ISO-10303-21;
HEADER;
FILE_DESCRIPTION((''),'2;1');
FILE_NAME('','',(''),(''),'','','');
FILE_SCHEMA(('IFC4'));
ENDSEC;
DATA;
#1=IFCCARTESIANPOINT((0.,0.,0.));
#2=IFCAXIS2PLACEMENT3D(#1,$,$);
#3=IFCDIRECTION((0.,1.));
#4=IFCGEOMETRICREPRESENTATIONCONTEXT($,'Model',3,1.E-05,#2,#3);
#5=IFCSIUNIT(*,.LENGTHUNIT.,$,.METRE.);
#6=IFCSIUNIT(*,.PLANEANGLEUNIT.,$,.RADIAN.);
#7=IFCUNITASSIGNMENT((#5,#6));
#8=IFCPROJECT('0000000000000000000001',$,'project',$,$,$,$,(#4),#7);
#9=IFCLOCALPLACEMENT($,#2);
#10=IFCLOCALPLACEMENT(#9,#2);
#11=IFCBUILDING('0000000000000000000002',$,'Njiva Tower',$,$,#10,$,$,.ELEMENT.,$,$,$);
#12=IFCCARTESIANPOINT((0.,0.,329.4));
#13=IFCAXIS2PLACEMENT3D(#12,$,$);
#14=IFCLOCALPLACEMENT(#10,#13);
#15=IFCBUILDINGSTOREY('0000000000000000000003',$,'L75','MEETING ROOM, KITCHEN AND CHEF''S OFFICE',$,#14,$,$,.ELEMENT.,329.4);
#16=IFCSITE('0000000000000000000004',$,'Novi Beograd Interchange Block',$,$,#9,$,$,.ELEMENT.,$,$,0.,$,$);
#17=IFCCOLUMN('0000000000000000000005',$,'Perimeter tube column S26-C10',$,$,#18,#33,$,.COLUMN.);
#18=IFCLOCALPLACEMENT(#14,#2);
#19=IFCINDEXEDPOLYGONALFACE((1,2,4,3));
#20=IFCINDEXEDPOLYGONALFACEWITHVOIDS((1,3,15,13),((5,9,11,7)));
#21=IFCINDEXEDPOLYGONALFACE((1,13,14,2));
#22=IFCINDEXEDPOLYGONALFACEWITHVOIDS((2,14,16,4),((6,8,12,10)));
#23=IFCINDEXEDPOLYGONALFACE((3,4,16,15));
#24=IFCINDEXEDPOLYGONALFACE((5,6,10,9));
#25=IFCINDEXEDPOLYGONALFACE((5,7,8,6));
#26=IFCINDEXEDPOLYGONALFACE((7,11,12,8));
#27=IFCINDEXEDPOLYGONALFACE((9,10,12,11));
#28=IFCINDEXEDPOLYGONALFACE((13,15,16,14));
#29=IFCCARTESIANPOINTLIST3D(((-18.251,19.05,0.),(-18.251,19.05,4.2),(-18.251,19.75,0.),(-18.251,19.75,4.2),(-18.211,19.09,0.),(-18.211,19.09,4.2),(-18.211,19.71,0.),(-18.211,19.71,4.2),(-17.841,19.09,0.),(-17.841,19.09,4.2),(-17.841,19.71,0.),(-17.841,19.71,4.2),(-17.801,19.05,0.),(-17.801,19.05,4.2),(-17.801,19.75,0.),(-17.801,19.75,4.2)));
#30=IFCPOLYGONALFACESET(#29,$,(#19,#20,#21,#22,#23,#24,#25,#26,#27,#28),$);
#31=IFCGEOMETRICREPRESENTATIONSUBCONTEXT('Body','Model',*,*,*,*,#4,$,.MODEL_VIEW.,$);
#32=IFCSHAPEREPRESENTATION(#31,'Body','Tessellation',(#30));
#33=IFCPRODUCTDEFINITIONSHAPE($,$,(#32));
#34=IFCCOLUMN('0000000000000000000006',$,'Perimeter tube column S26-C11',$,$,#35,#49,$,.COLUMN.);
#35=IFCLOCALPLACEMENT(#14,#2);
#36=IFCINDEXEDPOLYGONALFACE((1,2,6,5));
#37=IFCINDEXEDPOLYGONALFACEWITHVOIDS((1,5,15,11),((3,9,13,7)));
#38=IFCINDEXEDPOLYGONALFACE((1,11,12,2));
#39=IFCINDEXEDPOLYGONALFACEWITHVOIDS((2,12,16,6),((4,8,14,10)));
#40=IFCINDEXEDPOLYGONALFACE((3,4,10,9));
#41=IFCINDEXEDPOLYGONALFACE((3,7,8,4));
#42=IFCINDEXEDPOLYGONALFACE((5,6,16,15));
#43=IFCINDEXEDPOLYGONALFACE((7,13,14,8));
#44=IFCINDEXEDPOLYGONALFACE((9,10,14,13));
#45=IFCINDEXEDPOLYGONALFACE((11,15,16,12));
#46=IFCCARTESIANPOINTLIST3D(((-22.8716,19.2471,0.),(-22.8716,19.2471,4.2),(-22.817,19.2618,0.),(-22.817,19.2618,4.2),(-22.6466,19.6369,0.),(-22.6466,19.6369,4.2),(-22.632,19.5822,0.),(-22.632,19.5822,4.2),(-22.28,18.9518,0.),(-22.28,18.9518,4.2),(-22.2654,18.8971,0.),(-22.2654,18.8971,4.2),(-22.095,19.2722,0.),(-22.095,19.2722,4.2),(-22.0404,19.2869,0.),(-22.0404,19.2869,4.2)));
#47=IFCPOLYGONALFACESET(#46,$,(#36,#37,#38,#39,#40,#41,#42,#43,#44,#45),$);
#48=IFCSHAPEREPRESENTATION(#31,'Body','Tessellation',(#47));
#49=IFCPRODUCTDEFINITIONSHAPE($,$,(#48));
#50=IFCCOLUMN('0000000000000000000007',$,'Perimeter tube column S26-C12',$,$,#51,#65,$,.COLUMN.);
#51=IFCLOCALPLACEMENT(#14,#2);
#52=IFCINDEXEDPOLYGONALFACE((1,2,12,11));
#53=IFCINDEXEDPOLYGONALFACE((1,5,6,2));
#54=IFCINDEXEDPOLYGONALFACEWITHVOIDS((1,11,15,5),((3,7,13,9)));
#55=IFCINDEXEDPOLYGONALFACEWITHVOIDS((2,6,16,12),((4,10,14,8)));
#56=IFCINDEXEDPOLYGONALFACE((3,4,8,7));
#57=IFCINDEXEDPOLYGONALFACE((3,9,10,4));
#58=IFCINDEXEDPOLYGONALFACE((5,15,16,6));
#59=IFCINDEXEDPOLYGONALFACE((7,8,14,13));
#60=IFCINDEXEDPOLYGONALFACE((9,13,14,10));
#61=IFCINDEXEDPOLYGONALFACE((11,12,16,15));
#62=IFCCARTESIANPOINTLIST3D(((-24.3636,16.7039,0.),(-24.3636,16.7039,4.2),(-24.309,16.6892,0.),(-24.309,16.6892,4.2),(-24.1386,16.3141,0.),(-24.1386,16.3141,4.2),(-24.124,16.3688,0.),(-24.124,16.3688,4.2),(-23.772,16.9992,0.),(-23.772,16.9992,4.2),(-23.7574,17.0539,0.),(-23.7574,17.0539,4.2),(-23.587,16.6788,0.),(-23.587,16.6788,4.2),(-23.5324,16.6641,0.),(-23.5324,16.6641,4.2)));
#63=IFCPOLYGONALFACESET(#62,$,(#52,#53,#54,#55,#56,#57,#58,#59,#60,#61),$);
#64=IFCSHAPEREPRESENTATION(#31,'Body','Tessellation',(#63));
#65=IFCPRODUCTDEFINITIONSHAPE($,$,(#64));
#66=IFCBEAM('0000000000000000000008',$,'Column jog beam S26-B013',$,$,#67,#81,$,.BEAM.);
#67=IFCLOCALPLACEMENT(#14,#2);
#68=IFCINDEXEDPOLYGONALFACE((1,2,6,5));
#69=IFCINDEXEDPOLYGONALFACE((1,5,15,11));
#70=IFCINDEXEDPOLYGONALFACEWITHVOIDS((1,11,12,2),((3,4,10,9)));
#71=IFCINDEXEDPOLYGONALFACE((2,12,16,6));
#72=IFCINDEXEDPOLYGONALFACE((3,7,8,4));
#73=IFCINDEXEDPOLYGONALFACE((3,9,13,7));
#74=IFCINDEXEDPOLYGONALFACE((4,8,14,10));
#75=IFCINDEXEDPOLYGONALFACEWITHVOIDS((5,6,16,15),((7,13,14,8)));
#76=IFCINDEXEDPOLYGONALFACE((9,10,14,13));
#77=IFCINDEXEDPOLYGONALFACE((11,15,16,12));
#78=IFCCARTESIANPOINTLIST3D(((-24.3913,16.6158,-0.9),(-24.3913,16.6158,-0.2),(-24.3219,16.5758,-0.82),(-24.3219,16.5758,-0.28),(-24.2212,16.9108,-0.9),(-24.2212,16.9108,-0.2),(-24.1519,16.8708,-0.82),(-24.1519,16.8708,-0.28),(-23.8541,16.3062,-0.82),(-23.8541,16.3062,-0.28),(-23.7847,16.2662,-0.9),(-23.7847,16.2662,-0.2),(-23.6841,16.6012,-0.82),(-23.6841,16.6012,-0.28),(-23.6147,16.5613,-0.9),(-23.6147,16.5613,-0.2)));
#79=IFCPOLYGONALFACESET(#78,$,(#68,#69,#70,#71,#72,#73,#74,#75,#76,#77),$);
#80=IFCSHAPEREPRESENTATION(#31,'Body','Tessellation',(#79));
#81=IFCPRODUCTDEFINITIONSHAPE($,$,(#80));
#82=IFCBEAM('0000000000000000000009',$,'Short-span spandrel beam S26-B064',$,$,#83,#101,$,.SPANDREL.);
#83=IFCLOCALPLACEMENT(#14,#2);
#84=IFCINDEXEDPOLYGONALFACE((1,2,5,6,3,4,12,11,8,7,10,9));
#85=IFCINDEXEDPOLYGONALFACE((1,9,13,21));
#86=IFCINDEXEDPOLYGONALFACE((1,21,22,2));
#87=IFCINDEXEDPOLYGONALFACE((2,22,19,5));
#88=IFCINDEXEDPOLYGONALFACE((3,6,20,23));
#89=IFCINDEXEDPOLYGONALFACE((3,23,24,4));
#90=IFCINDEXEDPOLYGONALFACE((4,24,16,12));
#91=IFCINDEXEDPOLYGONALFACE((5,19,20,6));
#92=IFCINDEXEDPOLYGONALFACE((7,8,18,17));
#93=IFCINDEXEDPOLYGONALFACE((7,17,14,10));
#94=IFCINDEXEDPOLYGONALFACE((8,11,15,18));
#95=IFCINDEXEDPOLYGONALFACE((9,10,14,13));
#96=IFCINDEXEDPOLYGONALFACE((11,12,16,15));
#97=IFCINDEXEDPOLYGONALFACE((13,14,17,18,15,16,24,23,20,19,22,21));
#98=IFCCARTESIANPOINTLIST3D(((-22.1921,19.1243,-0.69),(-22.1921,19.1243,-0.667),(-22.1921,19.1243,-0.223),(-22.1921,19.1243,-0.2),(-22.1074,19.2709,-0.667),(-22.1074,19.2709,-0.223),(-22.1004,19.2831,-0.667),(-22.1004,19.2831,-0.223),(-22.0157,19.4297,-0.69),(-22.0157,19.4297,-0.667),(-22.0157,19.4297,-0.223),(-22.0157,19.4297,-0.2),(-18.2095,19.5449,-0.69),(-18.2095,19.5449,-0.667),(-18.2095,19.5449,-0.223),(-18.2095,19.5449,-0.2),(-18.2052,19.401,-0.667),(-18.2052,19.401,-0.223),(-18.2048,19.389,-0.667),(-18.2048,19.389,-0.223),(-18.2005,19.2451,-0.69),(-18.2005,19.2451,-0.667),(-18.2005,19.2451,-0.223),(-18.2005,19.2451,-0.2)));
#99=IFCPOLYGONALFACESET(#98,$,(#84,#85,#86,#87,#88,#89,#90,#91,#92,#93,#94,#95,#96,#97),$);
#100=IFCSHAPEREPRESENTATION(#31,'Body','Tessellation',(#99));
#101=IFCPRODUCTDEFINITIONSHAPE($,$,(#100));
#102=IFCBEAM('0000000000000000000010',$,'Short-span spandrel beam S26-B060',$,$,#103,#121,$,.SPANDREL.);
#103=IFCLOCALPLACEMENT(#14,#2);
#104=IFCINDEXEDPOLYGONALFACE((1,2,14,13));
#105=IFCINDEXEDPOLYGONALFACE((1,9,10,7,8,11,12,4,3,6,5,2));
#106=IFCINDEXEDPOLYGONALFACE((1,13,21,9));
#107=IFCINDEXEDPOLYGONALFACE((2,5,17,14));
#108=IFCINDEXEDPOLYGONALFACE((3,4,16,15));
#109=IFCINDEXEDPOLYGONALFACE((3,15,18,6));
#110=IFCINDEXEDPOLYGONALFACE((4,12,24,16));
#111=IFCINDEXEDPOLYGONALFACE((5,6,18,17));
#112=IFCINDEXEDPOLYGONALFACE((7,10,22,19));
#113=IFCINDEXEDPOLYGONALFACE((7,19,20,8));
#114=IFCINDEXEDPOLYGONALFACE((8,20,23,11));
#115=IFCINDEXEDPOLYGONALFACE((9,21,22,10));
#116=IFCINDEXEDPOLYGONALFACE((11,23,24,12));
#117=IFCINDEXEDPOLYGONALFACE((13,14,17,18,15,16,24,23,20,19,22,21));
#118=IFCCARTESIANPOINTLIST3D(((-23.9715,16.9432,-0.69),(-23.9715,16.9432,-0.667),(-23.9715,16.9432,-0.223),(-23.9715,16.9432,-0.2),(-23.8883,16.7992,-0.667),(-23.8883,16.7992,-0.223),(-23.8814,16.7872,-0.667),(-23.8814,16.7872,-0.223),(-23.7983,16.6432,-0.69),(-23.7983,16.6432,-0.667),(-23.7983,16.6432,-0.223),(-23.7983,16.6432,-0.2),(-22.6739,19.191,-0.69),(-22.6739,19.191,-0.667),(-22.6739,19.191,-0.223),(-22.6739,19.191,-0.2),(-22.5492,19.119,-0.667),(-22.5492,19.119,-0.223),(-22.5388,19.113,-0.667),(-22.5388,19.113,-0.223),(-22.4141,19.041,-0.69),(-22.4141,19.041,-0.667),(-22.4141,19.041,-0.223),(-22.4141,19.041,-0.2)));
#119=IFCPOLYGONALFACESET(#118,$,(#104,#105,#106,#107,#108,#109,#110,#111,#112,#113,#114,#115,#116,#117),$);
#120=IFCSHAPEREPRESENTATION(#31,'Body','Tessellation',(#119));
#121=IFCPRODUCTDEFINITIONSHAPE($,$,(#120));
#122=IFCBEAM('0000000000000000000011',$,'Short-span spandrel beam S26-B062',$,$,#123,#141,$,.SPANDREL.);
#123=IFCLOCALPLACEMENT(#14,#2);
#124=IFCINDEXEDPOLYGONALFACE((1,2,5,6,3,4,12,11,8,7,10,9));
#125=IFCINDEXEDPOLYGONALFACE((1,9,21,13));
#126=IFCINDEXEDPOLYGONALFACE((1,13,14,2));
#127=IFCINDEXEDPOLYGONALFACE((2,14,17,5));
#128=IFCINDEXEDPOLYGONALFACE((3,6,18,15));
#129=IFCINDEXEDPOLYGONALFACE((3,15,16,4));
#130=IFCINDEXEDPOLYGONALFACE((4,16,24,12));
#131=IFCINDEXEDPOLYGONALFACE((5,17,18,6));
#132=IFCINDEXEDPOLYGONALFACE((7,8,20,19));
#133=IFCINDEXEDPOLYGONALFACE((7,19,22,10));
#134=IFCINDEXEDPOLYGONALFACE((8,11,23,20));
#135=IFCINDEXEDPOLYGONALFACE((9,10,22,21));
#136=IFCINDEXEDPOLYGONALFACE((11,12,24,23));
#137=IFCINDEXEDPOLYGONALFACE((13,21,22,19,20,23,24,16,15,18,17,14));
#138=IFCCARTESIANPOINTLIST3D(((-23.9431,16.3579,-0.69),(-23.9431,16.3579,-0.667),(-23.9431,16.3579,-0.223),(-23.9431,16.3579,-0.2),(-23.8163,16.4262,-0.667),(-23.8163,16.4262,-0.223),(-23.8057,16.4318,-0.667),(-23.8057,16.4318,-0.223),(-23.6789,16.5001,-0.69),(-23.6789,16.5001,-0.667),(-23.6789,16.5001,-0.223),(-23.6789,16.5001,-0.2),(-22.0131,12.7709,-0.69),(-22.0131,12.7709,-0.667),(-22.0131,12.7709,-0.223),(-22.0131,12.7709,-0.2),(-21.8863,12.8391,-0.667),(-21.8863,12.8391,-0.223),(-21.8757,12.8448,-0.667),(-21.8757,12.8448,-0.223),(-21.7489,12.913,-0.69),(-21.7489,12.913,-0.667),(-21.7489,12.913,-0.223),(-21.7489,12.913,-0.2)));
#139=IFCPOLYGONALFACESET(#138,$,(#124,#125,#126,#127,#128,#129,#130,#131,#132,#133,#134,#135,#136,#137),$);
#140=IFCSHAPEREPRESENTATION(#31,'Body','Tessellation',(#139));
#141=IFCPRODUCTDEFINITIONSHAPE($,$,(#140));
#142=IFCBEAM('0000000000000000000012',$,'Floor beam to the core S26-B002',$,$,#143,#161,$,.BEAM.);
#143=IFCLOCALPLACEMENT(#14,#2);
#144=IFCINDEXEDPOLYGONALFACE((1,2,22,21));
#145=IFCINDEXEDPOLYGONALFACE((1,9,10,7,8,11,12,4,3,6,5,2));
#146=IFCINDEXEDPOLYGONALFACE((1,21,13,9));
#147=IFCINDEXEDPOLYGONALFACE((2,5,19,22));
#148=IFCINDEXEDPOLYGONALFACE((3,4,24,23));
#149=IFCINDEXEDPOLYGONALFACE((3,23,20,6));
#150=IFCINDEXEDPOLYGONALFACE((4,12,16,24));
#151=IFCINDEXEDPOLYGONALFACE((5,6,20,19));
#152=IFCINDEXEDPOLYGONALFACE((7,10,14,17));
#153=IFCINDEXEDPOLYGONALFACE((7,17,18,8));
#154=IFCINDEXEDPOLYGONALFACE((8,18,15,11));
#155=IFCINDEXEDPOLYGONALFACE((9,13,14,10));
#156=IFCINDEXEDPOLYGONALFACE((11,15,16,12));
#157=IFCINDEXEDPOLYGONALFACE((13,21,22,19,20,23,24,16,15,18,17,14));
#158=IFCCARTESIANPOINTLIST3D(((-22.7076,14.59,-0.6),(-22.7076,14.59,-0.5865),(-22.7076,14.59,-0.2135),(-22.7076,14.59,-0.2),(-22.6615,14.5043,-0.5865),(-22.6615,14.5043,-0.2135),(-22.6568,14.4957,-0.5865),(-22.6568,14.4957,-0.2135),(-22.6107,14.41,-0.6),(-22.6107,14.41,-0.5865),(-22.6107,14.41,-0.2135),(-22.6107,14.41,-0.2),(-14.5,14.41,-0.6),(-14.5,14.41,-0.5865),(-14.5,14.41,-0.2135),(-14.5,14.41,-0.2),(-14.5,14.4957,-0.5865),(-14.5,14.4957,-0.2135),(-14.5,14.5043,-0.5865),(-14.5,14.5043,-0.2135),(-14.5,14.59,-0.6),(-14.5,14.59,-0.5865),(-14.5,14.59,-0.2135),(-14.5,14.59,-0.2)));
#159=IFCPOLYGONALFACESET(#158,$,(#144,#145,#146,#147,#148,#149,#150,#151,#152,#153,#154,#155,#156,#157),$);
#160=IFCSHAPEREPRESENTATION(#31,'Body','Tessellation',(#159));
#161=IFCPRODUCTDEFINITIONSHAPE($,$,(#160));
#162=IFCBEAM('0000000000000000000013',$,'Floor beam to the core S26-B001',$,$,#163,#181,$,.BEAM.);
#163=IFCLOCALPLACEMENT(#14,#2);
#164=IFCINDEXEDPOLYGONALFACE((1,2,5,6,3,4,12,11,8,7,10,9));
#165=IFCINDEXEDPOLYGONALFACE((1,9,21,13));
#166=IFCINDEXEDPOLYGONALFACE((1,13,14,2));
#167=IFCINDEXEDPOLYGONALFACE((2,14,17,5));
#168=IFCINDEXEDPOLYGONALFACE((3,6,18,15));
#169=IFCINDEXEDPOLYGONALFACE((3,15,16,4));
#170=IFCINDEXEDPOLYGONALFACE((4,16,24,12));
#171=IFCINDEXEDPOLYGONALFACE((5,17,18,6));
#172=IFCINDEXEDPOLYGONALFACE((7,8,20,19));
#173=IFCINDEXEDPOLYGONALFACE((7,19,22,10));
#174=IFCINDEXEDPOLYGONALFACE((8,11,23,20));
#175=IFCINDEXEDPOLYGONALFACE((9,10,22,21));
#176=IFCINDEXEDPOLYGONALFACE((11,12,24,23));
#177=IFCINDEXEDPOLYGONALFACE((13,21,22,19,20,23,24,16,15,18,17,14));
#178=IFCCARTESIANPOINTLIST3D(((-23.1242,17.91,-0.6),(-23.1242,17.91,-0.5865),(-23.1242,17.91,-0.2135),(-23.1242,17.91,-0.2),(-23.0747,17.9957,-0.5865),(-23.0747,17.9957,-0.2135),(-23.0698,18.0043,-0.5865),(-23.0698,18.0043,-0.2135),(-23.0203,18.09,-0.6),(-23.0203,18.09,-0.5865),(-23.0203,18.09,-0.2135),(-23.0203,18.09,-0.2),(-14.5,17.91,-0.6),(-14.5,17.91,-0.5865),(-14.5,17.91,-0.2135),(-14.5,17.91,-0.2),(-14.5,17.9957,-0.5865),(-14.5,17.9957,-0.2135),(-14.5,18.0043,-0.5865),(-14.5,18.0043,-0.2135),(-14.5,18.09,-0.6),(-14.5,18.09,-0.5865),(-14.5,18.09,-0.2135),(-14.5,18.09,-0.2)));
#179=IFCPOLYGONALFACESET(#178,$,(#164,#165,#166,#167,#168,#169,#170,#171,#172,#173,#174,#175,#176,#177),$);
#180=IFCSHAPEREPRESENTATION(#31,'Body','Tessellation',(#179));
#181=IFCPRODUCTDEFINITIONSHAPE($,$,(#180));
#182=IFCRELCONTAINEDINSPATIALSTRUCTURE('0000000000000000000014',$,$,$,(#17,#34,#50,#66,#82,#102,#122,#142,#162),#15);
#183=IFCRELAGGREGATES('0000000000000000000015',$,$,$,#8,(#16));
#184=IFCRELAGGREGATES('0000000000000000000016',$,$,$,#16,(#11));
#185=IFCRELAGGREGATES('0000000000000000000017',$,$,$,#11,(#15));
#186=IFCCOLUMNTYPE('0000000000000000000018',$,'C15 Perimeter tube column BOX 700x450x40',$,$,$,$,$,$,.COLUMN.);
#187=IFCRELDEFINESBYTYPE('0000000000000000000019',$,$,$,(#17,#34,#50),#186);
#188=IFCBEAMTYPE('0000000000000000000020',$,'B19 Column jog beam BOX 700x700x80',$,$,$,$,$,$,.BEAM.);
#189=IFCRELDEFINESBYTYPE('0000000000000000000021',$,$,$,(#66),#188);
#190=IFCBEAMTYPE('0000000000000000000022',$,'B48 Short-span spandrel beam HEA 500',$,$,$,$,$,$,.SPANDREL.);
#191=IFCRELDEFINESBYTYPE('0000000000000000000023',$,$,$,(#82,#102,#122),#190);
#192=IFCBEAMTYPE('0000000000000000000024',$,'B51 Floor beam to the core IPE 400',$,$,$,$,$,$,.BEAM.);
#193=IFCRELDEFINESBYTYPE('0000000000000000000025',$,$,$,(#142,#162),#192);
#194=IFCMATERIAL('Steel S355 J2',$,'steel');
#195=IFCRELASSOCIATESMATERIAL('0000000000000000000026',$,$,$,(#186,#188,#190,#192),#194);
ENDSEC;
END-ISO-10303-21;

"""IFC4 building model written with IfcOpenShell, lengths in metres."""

from ifc_helpers import new_model, si_unit, direction, frame, origin, origin_2d, place, context, subcontext, project, spatial, hollow_rectangle, i_section, extrude, clip, halfspace, material, material_profile, profile_set, type_object, element, save


model = new_model("IFC4")

# Units and contexts
model_context = context("Model", 3, precision=1e-05, world=origin(), true_north=direction((0.0, 1.0)))
body_context = subcontext(model_context, "Body", "Model", "MODEL_VIEW")
ifc_project = project(units=[si_unit("LENGTHUNIT", "METRE"), si_unit("PLANEANGLEUNIT", "RADIAN")], contexts=[model_context])

# Site, building, storey
site_placement = place(None, origin())
site = spatial("IfcSite", under=ifc_project, at=site_placement, Name="Novi Beograd Interchange Block", CompositionType="ELEMENT", RefElevation=0.0)
building_placement = place(site_placement, origin())
building = spatial("IfcBuilding", under=site, at=building_placement, Name="Njiva Tower", CompositionType="ELEMENT")
storey_placement = place(building_placement, frame((0.0, 0.0, 329.4)))
storey = spatial("IfcBuildingStorey", under=building, at=storey_placement, Name="L75", Description="MEETING ROOM, KITCHEN AND CHEF'S OFFICE", CompositionType="ELEMENT", Elevation=329.4)

# Columns
ifc_material_1 = material(Name="Steel S355 J2", Category="steel")
ifc_material_profile_1 = material_profile(ifc_material_1, hollow_rectangle(XDim=0.45, YDim=0.7, WallThickness=0.04, at=origin_2d()), Name="BOX 700x450x40")
ifc_profile_set_1 = profile_set([ifc_material_profile_1], Name="Steel S355 J2")
column_type = type_object("IfcColumnType", Name="C15 Perimeter tube column BOX 700x450x40", PredefinedType="COLUMN", material=ifc_profile_set_1)
for number, where, z_axis, x_axis, name in (
    (1, (-18.026, 19.4, 0.0), (0.0, 0.0, 1.0), (-1.0, 0.0, 0.0), "Perimeter tube column S26-C10"),
    (2, (-22.456, 19.267, 0.0), (0.0, 0.0, 1.0), (-0.5, -0.866025, 0.0), "Perimeter tube column S26-C11"),
    (3, (-23.948, 16.684, 0.0), (0.0, 0.0, 1.0), (0.5, -0.866025, 0.0), "Perimeter tube column S26-C12"),
):
    element("IfcColumn", number, at=place(storey_placement, frame(where, z_axis=z_axis, x_axis=x_axis)), inside=storey, type_object=column_type, Name=name, PredefinedType="COLUMN", context=body_context, shape_type="SweptSolid", body=[
        extrude(hollow_rectangle(XDim=0.45, YDim=0.7, WallThickness=0.04, at=origin_2d()), origin(), (0.0, 0.0, 1.0), 4.2),
    ])

# Beams
ifc_material_profile_2 = material_profile(ifc_material_1, hollow_rectangle(XDim=0.7, YDim=0.7, WallThickness=0.08, at=origin_2d()), Name="BOX 700x700x80")
ifc_profile_set_2 = profile_set([ifc_material_profile_2], Name="Steel S355 J2")
beam_type_1 = type_object("IfcBeamType", Name="B19 Column jog beam BOX 700x700x80", PredefinedType="BEAM", material=ifc_profile_set_2)
beam_1_placement = place(storey_placement, frame((-24.088, 16.441, -0.55), z_axis=(0.499299, 0.86643, 0.0), x_axis=(-0.86643, 0.499299, 0.0)))
element("IfcBeam", 4, at=beam_1_placement, inside=storey, type_object=beam_type_1, Name="Column jog beam S26-B013", PredefinedType="BEAM", context=body_context, shape_type="SweptSolid", body=[
    extrude(hollow_rectangle(XDim=0.7, YDim=0.7, WallThickness=0.08, at=origin_2d()), origin(), (0.0, 0.0, 1.0), 0.3405),
])
ifc_material_profile_3 = material_profile(ifc_material_1, i_section(OverallWidth=0.3, OverallDepth=0.49, WebThickness=0.012, FlangeThickness=0.023, at=origin_2d()), Name="HEA 500")
ifc_profile_set_3 = profile_set([ifc_material_profile_3], Name="Steel S355 J2")
beam_type_2 = type_object("IfcBeamType", Name="B48 Short-span spandrel beam HEA 500", PredefinedType="SPANDREL", material=ifc_profile_set_3)
beam_2_placement = place(storey_placement, frame((-18.205, 19.395, -0.445), z_axis=(-0.999542, -0.03025, 0.0), x_axis=(0.03025, -0.999542, 0.0)))
element("IfcBeam", 5, at=beam_2_placement, inside=storey, type_object=beam_type_2, Name="Short-span spandrel beam S26-B064", PredefinedType="SPANDREL", context=body_context, shape_type="Clipping", body=[
    clip(extrude(i_section(OverallWidth=0.3, OverallDepth=0.49, WebThickness=0.012, FlangeThickness=0.023, at=origin_2d()), origin(), (0.0, 0.0, 1.0), 4.0138), halfspace(frame((-0.0268, 0.0, 3.8841), z_axis=(-0.525967, 0.0, 0.850505), x_axis=(0.0, 1.0, 0.0)), False)),
])
beam_3_placement = place(storey_placement, frame((-22.544, 19.116, -0.445), z_axis=(-0.499948, -0.866055, 0.0), x_axis=(0.866055, -0.499948, 0.0)))
element("IfcBeam", 6, at=beam_3_placement, inside=storey, type_object=beam_type_2, Name="Short-span spandrel beam S26-B060", PredefinedType="SPANDREL", context=body_context, shape_type="Clipping", body=[
    clip(extrude(i_section(OverallWidth=0.3, OverallDepth=0.49, WebThickness=0.012, FlangeThickness=0.023, at=origin_2d()), origin(), (0.0, 0.0, 1.0), 2.7893), halfspace(frame((-0.0246, 0.0, 2.6678), z_axis=(-0.500054, 0.0, 0.865994), x_axis=(0.0, 1.0, 0.0)), False)),
])
beam_4_placement = place(storey_placement, frame((-23.811, 16.429, -0.445), z_axis=(0.473822, -0.880621, 0.0), x_axis=(0.880621, 0.473822, 0.0)))
element("IfcBeam", 7, at=beam_4_placement, inside=storey, type_object=beam_type_2, Name="Short-span spandrel beam S26-B062", PredefinedType="SPANDREL", context=body_context, shape_type="SweptSolid", body=[
    extrude(i_section(OverallWidth=0.3, OverallDepth=0.49, WebThickness=0.012, FlangeThickness=0.023, at=origin_2d()), origin(), (0.0, 0.0, 1.0), 4.0733),
])
ifc_material_profile_4 = material_profile(ifc_material_1, i_section(OverallWidth=0.18, OverallDepth=0.4, WebThickness=0.0086, FlangeThickness=0.0135, at=origin_2d()), Name="IPE 400")
ifc_profile_set_4 = profile_set([ifc_material_profile_4], Name="Steel S355 J2")
beam_type_3 = type_object("IfcBeamType", Name="B51 Floor beam to the core IPE 400", PredefinedType="BEAM", material=ifc_profile_set_4)
beam_5_placement = place(storey_placement, frame((-22.727, 14.5, -0.4), z_axis=(1.0, 0.0, 0.0), x_axis=(0.0, 1.0, 0.0)))
element("IfcBeam", 8, at=beam_5_placement, inside=storey, type_object=beam_type_3, Name="Floor beam to the core S26-B002", PredefinedType="BEAM", context=body_context, shape_type="Clipping", body=[
    clip(extrude(i_section(OverallWidth=0.18, OverallDepth=0.4, WebThickness=0.0086, FlangeThickness=0.0135, at=origin_2d()), origin(), (0.0, 0.0, 1.0), 8.227), halfspace(frame((-0.0237, 0.0, 0.0806), z_axis=(-0.473762, 0.0, -0.880653), x_axis=(0.0, -1.0, 0.0)), False)),
])
beam_6_placement = place(storey_placement, frame((-23.144, 18.0, -0.4), z_axis=(1.0, 0.0, 0.0), x_axis=(0.0, 1.0, 0.0)))
element("IfcBeam", 9, at=beam_6_placement, inside=storey, type_object=beam_type_3, Name="Floor beam to the core S26-B001", PredefinedType="BEAM", context=body_context, shape_type="Clipping", body=[
    clip(extrude(i_section(OverallWidth=0.18, OverallDepth=0.4, WebThickness=0.0086, FlangeThickness=0.0135, at=origin_2d()), origin(), (0.0, 0.0, 1.0), 8.644), halfspace(frame((0.025, 0.0, 0.0862), z_axis=(0.499998, 0.0, -0.866027), x_axis=(0.0, -1.0, 0.0)), False)),
])

save(model, "model.ifc")
